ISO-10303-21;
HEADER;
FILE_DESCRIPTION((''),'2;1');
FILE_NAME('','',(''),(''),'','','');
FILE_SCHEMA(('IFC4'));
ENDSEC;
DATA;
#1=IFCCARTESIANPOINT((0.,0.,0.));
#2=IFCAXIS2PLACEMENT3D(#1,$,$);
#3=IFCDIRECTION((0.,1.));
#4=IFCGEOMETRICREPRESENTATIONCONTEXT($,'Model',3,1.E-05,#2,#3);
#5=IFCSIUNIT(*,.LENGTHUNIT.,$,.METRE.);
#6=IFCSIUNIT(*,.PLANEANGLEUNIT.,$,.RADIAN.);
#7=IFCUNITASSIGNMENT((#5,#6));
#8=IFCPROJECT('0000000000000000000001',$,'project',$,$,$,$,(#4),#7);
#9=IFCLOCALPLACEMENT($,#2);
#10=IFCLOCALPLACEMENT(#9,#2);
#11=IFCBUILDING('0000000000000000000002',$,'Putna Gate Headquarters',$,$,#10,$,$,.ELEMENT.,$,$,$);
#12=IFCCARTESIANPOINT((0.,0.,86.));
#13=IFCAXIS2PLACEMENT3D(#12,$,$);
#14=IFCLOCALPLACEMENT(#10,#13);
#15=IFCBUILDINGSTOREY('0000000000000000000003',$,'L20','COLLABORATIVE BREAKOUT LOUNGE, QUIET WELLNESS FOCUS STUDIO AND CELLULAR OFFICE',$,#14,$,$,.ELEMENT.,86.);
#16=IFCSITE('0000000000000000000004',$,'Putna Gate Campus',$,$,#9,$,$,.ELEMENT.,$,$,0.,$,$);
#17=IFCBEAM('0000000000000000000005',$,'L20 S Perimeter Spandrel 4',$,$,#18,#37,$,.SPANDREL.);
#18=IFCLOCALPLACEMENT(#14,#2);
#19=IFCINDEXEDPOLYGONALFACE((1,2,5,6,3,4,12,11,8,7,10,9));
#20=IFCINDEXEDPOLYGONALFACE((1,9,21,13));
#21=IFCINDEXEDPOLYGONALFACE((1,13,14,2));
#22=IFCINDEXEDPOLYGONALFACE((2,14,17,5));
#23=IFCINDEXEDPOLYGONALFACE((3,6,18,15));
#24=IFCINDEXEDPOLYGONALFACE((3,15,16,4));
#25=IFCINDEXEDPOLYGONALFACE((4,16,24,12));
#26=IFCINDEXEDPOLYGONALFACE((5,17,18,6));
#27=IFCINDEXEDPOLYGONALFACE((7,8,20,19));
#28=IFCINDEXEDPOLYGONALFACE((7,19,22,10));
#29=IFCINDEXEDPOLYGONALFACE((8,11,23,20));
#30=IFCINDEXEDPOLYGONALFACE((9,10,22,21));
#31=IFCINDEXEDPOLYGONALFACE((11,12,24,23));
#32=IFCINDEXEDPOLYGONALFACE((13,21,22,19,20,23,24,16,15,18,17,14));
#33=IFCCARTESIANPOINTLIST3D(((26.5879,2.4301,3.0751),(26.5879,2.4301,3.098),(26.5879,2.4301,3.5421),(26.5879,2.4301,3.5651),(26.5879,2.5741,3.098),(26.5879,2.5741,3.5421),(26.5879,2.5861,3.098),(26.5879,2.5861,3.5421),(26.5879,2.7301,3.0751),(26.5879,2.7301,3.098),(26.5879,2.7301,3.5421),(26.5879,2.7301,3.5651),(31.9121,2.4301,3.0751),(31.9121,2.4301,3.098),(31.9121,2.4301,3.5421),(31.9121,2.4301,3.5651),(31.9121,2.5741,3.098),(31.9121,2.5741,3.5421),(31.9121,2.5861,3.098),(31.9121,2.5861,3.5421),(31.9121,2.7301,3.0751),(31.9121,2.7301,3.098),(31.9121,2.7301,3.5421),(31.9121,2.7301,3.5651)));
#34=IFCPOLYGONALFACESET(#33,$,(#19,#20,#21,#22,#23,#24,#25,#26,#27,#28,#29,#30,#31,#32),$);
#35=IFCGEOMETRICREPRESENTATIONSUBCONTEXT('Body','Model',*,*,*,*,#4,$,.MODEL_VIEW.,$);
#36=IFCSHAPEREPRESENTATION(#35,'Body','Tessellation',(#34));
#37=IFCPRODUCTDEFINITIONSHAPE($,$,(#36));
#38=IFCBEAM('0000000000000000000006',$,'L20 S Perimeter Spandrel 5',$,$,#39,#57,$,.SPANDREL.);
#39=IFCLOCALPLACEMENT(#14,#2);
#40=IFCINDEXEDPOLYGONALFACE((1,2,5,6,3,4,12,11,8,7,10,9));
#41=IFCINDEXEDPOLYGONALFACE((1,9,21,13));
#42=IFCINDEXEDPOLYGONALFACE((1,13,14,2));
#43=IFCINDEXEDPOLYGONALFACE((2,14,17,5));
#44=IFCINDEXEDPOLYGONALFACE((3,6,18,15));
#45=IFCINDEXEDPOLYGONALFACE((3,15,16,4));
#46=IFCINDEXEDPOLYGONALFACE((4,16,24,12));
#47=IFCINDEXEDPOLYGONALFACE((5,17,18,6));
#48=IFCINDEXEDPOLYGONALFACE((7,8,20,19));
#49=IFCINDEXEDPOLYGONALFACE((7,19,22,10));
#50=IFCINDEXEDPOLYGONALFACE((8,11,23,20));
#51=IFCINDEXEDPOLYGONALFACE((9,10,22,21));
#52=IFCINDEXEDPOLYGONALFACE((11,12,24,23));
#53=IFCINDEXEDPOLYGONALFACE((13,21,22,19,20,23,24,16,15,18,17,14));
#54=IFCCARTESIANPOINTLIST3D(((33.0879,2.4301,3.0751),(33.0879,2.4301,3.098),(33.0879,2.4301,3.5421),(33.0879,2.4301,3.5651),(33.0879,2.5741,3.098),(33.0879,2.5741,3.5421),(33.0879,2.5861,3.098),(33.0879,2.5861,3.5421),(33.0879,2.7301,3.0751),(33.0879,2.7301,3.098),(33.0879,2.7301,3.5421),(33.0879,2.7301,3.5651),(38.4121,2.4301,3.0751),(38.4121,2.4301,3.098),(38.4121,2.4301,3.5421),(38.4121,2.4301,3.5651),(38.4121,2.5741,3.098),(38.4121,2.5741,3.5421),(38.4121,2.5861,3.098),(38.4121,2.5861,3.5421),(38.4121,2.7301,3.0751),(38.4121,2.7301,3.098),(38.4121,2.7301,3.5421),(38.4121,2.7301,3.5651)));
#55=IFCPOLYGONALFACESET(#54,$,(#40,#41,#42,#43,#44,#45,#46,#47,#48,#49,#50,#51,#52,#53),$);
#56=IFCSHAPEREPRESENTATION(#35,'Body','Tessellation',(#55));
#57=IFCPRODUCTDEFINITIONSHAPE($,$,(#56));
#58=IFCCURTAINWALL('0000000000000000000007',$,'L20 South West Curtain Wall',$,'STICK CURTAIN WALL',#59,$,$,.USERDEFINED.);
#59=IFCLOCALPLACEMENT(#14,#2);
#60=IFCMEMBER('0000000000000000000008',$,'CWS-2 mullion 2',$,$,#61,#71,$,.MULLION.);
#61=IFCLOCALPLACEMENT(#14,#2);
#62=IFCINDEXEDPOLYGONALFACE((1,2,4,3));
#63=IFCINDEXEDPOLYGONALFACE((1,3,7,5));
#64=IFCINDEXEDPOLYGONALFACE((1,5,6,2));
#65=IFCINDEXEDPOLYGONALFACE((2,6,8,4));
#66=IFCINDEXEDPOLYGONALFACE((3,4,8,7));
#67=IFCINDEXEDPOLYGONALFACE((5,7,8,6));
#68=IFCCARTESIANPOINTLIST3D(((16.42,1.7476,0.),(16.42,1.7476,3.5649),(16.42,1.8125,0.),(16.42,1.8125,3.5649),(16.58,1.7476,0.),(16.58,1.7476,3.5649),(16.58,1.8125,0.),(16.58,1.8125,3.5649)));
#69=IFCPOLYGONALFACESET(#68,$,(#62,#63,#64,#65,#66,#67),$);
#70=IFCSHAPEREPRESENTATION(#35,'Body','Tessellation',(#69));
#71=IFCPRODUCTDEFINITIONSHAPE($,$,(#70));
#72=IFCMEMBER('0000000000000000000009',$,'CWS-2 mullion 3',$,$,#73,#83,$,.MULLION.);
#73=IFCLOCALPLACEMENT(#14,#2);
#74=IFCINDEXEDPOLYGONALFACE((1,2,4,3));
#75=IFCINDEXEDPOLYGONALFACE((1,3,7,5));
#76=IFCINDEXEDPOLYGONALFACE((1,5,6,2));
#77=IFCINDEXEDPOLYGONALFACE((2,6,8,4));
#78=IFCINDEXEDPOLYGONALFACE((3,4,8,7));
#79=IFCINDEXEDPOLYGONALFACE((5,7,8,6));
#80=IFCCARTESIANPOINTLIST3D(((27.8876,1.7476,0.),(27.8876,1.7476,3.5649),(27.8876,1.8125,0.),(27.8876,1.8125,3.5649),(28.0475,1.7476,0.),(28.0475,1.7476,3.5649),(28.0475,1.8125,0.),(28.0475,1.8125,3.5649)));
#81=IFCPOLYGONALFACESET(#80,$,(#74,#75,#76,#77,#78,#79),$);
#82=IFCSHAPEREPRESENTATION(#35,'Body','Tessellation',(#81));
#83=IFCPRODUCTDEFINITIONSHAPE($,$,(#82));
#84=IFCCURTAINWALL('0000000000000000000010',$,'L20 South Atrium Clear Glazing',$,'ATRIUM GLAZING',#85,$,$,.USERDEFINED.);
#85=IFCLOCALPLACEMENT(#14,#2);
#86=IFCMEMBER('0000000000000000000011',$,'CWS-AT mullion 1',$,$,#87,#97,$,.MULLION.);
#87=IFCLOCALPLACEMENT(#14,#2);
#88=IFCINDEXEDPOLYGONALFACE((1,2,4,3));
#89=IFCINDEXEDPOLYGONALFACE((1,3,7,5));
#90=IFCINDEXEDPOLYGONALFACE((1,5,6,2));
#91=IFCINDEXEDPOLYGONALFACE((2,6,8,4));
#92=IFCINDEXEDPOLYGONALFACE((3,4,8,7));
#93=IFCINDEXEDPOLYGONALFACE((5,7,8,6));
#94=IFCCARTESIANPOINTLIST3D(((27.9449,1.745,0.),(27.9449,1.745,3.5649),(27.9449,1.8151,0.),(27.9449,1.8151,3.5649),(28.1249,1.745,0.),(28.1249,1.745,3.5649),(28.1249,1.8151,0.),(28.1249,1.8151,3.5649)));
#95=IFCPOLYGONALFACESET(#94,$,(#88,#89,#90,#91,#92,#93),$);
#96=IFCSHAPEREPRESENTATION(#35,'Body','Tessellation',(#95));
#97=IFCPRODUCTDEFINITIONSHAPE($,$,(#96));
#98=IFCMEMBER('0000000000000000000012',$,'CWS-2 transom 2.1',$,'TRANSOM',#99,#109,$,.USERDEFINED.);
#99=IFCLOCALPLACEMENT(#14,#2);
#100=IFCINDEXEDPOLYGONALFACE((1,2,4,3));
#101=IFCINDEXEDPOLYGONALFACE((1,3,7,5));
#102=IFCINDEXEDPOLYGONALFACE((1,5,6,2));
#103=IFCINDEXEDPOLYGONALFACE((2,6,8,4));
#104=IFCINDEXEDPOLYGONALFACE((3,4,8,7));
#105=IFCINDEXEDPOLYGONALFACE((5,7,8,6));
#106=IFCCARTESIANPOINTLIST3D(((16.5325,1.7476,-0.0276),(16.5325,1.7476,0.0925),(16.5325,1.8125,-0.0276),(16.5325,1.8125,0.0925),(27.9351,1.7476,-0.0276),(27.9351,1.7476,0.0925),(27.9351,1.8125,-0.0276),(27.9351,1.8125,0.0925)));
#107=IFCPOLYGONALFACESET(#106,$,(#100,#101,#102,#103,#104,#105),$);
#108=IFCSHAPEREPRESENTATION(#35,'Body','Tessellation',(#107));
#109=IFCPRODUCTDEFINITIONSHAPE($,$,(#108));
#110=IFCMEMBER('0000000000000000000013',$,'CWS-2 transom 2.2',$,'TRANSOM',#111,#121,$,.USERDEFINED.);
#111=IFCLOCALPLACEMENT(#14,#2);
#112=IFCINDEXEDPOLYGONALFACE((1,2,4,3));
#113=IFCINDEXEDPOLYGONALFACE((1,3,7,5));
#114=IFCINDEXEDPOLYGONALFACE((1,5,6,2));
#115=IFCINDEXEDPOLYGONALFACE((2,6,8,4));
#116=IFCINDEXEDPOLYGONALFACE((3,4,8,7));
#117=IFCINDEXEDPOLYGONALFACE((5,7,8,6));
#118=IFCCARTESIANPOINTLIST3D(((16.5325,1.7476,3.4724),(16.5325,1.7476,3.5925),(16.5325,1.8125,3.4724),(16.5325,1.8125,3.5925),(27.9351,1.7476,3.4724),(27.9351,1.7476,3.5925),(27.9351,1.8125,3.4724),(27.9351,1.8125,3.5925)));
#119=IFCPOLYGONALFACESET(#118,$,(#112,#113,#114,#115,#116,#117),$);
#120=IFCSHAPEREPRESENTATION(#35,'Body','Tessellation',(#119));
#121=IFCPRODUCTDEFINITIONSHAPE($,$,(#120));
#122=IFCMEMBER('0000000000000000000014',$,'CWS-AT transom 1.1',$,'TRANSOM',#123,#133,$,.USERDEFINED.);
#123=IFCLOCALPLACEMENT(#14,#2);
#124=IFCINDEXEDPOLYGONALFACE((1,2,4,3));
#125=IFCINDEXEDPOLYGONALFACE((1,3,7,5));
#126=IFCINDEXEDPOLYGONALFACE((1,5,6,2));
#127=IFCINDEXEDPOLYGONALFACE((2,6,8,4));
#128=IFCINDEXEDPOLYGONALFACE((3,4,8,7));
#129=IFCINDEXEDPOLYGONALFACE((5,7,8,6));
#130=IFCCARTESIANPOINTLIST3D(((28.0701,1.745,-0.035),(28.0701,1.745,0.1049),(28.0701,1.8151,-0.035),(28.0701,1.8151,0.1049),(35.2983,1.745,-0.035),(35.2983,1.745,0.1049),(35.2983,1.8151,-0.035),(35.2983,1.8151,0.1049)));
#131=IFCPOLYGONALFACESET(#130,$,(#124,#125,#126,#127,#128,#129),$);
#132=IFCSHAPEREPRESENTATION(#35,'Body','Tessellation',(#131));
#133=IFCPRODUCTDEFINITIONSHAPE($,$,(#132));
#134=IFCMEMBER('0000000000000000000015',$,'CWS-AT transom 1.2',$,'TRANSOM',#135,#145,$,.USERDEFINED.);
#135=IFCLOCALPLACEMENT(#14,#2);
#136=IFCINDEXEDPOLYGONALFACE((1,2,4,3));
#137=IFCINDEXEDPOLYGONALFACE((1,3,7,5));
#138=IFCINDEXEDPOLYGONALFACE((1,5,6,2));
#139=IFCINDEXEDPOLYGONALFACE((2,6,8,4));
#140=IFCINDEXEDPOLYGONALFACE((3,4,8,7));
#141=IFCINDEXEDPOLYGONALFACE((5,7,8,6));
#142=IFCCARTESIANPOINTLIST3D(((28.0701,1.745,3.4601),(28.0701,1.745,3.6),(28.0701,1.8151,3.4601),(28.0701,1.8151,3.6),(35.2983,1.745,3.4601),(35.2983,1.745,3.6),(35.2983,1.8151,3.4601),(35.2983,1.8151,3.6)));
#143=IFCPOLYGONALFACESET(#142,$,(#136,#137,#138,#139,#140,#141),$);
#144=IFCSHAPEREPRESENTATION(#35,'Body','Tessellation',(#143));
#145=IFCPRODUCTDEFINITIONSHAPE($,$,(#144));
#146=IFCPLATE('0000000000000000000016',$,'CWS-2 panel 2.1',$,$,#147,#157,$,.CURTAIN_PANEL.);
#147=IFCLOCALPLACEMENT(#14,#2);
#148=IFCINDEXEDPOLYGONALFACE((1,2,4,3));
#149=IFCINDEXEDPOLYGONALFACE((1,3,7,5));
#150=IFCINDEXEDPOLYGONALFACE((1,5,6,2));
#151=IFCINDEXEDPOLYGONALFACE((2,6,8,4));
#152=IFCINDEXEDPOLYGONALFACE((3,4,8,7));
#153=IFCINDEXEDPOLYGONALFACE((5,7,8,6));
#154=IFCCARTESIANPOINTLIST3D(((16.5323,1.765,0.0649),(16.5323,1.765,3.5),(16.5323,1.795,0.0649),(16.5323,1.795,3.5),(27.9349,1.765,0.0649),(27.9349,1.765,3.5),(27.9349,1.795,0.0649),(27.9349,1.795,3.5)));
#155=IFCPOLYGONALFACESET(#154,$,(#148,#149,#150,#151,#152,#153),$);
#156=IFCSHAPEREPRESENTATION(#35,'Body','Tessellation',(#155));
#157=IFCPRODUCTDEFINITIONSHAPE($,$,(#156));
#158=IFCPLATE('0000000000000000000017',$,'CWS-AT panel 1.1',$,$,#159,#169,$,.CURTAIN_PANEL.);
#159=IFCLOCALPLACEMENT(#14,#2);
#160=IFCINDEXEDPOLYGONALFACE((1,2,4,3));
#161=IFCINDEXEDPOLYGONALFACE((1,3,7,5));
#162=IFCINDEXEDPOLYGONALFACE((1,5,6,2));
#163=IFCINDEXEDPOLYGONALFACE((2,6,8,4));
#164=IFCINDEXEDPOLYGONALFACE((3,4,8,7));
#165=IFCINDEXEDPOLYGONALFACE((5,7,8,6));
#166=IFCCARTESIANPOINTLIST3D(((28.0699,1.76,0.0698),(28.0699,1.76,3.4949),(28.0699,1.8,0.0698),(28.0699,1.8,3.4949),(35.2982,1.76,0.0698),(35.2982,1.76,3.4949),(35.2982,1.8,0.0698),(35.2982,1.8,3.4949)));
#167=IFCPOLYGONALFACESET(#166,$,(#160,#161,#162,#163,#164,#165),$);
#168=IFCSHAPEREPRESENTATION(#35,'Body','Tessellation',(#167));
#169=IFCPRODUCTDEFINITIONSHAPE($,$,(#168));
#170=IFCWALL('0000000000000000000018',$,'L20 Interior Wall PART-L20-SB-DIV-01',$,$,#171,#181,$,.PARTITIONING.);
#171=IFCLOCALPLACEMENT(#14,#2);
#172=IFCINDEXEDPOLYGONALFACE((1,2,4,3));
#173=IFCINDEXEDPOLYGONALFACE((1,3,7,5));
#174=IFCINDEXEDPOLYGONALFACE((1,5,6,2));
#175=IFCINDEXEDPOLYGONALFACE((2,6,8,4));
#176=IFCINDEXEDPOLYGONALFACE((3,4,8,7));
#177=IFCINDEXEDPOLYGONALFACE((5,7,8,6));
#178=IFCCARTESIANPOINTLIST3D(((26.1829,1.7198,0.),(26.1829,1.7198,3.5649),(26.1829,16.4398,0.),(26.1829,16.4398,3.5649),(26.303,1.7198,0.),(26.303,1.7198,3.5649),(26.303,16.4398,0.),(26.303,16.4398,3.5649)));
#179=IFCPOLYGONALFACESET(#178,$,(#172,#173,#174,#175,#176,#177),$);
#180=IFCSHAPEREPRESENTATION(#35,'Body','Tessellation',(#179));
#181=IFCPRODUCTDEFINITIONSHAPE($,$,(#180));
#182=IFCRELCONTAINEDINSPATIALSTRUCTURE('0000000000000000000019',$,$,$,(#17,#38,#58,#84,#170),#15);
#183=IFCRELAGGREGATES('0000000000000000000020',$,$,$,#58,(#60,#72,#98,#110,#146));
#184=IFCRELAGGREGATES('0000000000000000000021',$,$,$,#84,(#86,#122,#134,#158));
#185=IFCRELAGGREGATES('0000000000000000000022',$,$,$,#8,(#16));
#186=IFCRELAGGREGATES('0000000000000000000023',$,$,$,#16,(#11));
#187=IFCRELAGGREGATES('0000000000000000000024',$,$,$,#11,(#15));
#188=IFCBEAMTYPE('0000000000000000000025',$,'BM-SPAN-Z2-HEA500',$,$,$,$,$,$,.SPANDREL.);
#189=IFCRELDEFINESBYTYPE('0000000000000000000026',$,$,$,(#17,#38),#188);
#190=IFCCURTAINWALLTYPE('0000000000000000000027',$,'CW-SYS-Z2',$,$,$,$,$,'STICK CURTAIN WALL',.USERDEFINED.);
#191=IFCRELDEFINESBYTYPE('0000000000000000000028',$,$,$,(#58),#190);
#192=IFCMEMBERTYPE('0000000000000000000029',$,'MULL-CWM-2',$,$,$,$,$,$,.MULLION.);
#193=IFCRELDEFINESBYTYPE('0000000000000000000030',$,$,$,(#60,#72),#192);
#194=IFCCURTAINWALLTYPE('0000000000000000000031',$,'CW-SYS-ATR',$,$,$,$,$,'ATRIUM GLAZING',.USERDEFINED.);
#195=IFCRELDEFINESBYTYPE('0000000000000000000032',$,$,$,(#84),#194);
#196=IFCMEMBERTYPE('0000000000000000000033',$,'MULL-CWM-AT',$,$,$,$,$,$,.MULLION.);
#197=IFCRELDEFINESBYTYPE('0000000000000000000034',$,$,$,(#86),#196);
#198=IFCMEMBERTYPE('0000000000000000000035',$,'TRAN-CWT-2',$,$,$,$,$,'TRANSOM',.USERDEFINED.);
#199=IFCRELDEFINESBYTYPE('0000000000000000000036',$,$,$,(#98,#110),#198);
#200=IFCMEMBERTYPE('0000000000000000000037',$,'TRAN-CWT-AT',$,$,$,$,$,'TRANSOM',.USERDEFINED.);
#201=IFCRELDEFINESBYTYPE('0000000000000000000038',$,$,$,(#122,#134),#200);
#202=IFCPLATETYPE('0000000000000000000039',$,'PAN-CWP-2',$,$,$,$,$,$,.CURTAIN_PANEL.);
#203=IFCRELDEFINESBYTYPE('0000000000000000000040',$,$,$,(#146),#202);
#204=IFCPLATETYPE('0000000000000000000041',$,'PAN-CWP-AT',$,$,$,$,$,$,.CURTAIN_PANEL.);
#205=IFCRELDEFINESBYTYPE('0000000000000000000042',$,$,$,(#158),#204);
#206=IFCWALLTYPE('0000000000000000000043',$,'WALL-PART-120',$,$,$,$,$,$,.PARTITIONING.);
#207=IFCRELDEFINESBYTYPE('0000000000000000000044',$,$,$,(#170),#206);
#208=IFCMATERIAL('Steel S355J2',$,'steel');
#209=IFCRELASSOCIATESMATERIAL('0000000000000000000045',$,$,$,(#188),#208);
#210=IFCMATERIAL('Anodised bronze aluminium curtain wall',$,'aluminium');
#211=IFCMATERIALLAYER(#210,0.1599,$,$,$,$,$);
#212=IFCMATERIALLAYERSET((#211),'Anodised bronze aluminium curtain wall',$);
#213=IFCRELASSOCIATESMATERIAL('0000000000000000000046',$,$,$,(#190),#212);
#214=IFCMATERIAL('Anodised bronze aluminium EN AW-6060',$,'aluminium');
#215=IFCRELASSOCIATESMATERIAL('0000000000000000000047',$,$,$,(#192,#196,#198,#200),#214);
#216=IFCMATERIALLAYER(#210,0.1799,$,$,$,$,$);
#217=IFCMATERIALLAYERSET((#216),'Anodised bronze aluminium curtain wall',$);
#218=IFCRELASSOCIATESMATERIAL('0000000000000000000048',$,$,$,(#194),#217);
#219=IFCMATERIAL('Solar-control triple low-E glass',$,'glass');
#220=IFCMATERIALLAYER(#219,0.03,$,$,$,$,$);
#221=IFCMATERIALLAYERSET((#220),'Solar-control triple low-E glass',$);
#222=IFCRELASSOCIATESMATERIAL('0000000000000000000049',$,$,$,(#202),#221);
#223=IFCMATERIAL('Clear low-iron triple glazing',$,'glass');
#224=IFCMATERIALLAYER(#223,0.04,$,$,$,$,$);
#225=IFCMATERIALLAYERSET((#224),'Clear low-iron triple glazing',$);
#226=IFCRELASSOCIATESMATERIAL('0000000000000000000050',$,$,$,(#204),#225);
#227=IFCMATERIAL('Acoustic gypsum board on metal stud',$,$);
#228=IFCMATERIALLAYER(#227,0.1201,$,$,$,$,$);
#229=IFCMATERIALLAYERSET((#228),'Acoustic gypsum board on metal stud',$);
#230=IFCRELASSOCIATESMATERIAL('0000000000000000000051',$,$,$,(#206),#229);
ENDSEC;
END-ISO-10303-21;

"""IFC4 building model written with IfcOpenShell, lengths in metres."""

from ifc_helpers import new_model, si_unit, direction, frame, frame_2d, origin, origin_2d, place, context, subcontext, project, spatial, rectangle, i_section, extrude, material, layer, layer_set, material_profile, profile_set, type_object, element, aggregate, save


model = new_model("IFC4")

# Units and contexts
model_context = context("Model", 3, precision=1e-05, world=origin(), true_north=direction((0.0, 1.0)))
body_context = subcontext(model_context, "Body", "Model", "MODEL_VIEW")
ifc_project = project(units=[si_unit("LENGTHUNIT", "METRE"), si_unit("PLANEANGLEUNIT", "RADIAN")], contexts=[model_context])

# Site, building, storey
site_placement = place(None, origin())
site = spatial("IfcSite", under=ifc_project, at=site_placement, Name="Putna Gate Campus", CompositionType="ELEMENT", RefElevation=0.0)
building_placement = place(site_placement, origin())
building = spatial("IfcBuilding", under=site, at=building_placement, Name="Putna Gate Headquarters", CompositionType="ELEMENT")
storey_placement = place(building_placement, frame((0.0, 0.0, 86.0)))
storey = spatial("IfcBuildingStorey", under=building, at=storey_placement, Name="L20", Description="COLLABORATIVE BREAKOUT LOUNGE, QUIET WELLNESS FOCUS STUDIO AND CELLULAR OFFICE", CompositionType="ELEMENT", Elevation=86.0)

# Beams
ifc_material_1 = material(Name="Steel S355J2", Category="steel")
ifc_material_profile_1 = material_profile(ifc_material_1, i_section(OverallWidth=0.3, OverallDepth=0.49, WebThickness=0.012, FlangeThickness=0.0229, at=origin_2d()), Name="Steel S355J2")
ifc_profile_set_1 = profile_set([ifc_material_profile_1], Name="Steel S355J2")
beam_type_1 = type_object("IfcBeamType", Name="BM-SPAN-Z2-HEA500", PredefinedType="SPANDREL", material=ifc_profile_set_1)
for number, where, z_axis, x_axis, name in (
    (1, (26.5879, 2.5801, 3.3201), (1.0, 0.0, 0.0), (0.0, 1.0, 0.0), "L20 S Perimeter Spandrel 4"),
    (2, (33.0879, 2.5801, 3.3201), (1.0, 0.0, 0.0), (0.0, 1.0, 0.0), "L20 S Perimeter Spandrel 5"),
):
    element("IfcBeam", number, at=place(storey_placement, frame(where, z_axis=z_axis, x_axis=x_axis)), inside=storey, type_object=beam_type_1, Name=name, PredefinedType="SPANDREL", context=body_context, shape_type="SweptSolid", body=[
        extrude(i_section(OverallWidth=0.3, OverallDepth=0.49, WebThickness=0.012, FlangeThickness=0.0229, at=origin_2d()), origin(), (0.0, 0.0, 1.0), 5.3242),
    ])

# Curtain wall, members
ifc_material_2 = material(Name="Anodised bronze aluminium curtain wall", Category="aluminium")
ifc_layer_1 = layer(ifc_material_2, 0.1599)
ifc_layer_set_1 = layer_set([ifc_layer_1], Name="Anodised bronze aluminium curtain wall")
curtain_wall_type_1 = type_object("IfcCurtainWallType", Name="CW-SYS-Z2", ElementType="STICK CURTAIN WALL", PredefinedType="USERDEFINED", material=ifc_layer_set_1)
curtain_wall_1_placement = place(storey_placement, origin())
curtain_wall_1 = element("IfcCurtainWall", 3, at=curtain_wall_1_placement, inside=storey, type_object=curtain_wall_type_1, Name="L20 South West Curtain Wall", ObjectType="STICK CURTAIN WALL", PredefinedType="USERDEFINED")
ifc_material_3 = material(Name="Anodised bronze aluminium EN AW-6060", Category="aluminium")
ifc_material_profile_2 = material_profile(ifc_material_3, rectangle(XDim=0.0649, YDim=0.1599, at=origin_2d()), Name="Anodised bronze aluminium EN AW-6060")
ifc_profile_set_2 = profile_set([ifc_material_profile_2], Name="Anodised bronze aluminium EN AW-6060")
member_type_1 = type_object("IfcMemberType", Name="MULL-CWM-2", PredefinedType="MULLION", material=ifc_profile_set_2)
member_1_placement = place(storey_placement, frame((16.5, 1.78, 0.0), z_axis=(0.0, 0.0, 1.0), x_axis=(0.0, 1.0, 0.0)))
member_1 = element("IfcMember", 4, at=member_1_placement, type_object=member_type_1, Name="CWS-2 mullion 2", PredefinedType="MULLION", context=body_context, shape_type="SweptSolid", body=[
    extrude(rectangle(XDim=0.0649, YDim=0.1599, at=origin_2d()), origin(), (0.0, 0.0, 1.0), 3.5649),
])
member_2_placement = place(storey_placement, frame((27.9675, 1.78, 0.0), z_axis=(0.0, 0.0, 1.0), x_axis=(0.0, 1.0, 0.0)))
member_2 = element("IfcMember", 5, at=member_2_placement, type_object=member_type_1, Name="CWS-2 mullion 3", PredefinedType="MULLION", context=body_context, shape_type="SweptSolid", body=[
    extrude(rectangle(XDim=0.0649, YDim=0.1599, at=origin_2d()), origin(), (0.0, 0.0, 1.0), 3.5649),
])

# Curtain wall, member
ifc_layer_2 = layer(ifc_material_2, 0.1799)
ifc_layer_set_2 = layer_set([ifc_layer_2], Name="Anodised bronze aluminium curtain wall")
curtain_wall_type_2 = type_object("IfcCurtainWallType", Name="CW-SYS-ATR", ElementType="ATRIUM GLAZING", PredefinedType="USERDEFINED", material=ifc_layer_set_2)
curtain_wall_2_placement = place(storey_placement, origin())
curtain_wall_2 = element("IfcCurtainWall", 6, at=curtain_wall_2_placement, inside=storey, type_object=curtain_wall_type_2, Name="L20 South Atrium Clear Glazing", ObjectType="ATRIUM GLAZING", PredefinedType="USERDEFINED")
ifc_material_profile_3 = material_profile(ifc_material_3, rectangle(XDim=0.0701, YDim=0.1799, at=origin_2d()), Name="Anodised bronze aluminium EN AW-6060")
ifc_profile_set_3 = profile_set([ifc_material_profile_3], Name="Anodised bronze aluminium EN AW-6060")
member_type_2 = type_object("IfcMemberType", Name="MULL-CWM-AT", PredefinedType="MULLION", material=ifc_profile_set_3)
member_3_placement = place(storey_placement, frame((28.0349, 1.78, 0.0), z_axis=(0.0, 0.0, 1.0), x_axis=(0.0, 1.0, 0.0)))
member_3 = element("IfcMember", 7, at=member_3_placement, type_object=member_type_2, Name="CWS-AT mullion 1", PredefinedType="MULLION", context=body_context, shape_type="SweptSolid", body=[
    extrude(rectangle(XDim=0.0701, YDim=0.1799, at=origin_2d()), origin(), (0.0, 0.0, 1.0), 3.5649),
])

# Members
ifc_material_profile_4 = material_profile(ifc_material_3, rectangle(XDim=0.0649, YDim=0.1201, at=origin_2d()), Name="Anodised bronze aluminium EN AW-6060")
ifc_profile_set_4 = profile_set([ifc_material_profile_4], Name="Anodised bronze aluminium EN AW-6060")
member_type_3 = type_object("IfcMemberType", Name="TRAN-CWT-2", ElementType="TRANSOM", PredefinedType="USERDEFINED", material=ifc_profile_set_4)
member_4_placement = place(storey_placement, frame((16.5325, 1.78, 0.0325), z_axis=(1.0, 0.0, 0.0), x_axis=(0.0, 1.0, 0.0)))
member_4 = element("IfcMember", 8, at=member_4_placement, type_object=member_type_3, Name="CWS-2 transom 2.1", ObjectType="TRANSOM", PredefinedType="USERDEFINED", context=body_context, shape_type="SweptSolid", body=[
    extrude(rectangle(XDim=0.0649, YDim=0.1201, at=origin_2d()), origin(), (0.0, 0.0, 1.0), 11.4026),
])
member_5_placement = place(storey_placement, frame((16.5325, 1.78, 3.5325), z_axis=(1.0, 0.0, 0.0), x_axis=(0.0, 1.0, 0.0)))
member_5 = element("IfcMember", 9, at=member_5_placement, type_object=member_type_3, Name="CWS-2 transom 2.2", ObjectType="TRANSOM", PredefinedType="USERDEFINED", context=body_context, shape_type="SweptSolid", body=[
    extrude(rectangle(XDim=0.0649, YDim=0.1201, at=origin_2d()), origin(), (0.0, 0.0, 1.0), 11.4026),
])
ifc_material_profile_5 = material_profile(ifc_material_3, rectangle(XDim=0.0701, YDim=0.1399, at=origin_2d()), Name="Anodised bronze aluminium EN AW-6060")
ifc_profile_set_5 = profile_set([ifc_material_profile_5], Name="Anodised bronze aluminium EN AW-6060")
member_type_4 = type_object("IfcMemberType", Name="TRAN-CWT-AT", ElementType="TRANSOM", PredefinedType="USERDEFINED", material=ifc_profile_set_5)
member_6_placement = place(storey_placement, frame((28.0701, 1.78, 0.0349), z_axis=(1.0, 0.0, 0.0), x_axis=(0.0, 1.0, 0.0)))
member_6 = element("IfcMember", 10, at=member_6_placement, type_object=member_type_4, Name="CWS-AT transom 1.1", ObjectType="TRANSOM", PredefinedType="USERDEFINED", context=body_context, shape_type="SweptSolid", body=[
    extrude(rectangle(XDim=0.0701, YDim=0.1399, at=origin_2d()), origin(), (0.0, 0.0, 1.0), 7.2283),
])
member_7_placement = place(storey_placement, frame((28.0701, 1.78, 3.53), z_axis=(1.0, 0.0, 0.0), x_axis=(0.0, 1.0, 0.0)))
member_7 = element("IfcMember", 11, at=member_7_placement, type_object=member_type_4, Name="CWS-AT transom 1.2", ObjectType="TRANSOM", PredefinedType="USERDEFINED", context=body_context, shape_type="SweptSolid", body=[
    extrude(rectangle(XDim=0.0701, YDim=0.1399, at=origin_2d()), origin(), (0.0, 0.0, 1.0), 7.2283),
])

# Plates
ifc_material_4 = material(Name="Solar-control triple low-E glass", Category="glass")
ifc_layer_3 = layer(ifc_material_4, 0.03)
ifc_layer_set_3 = layer_set([ifc_layer_3], Name="Solar-control triple low-E glass")
plate_type_1 = type_object("IfcPlateType", Name="PAN-CWP-2", PredefinedType="CURTAIN_PANEL", material=ifc_layer_set_3)
plate_1_placement = place(storey_placement, frame((22.2336, 1.78, 0.0649), z_axis=(0.0, 0.0, 1.0), x_axis=(1.0, 0.0, 0.0)))
plate_1 = element("IfcPlate", 12, at=plate_1_placement, type_object=plate_type_1, Name="CWS-2 panel 2.1", PredefinedType="CURTAIN_PANEL", context=body_context, shape_type="SweptSolid", body=[
    extrude(rectangle(XDim=11.4026, YDim=0.03, at=origin_2d()), origin(), (0.0, 0.0, 1.0), 3.4351),
])
aggregate(curtain_wall_1, [member_1, member_2, member_4, member_5, plate_1])
ifc_material_5 = material(Name="Clear low-iron triple glazing", Category="glass")
ifc_layer_4 = layer(ifc_material_5, 0.04)
ifc_layer_set_4 = layer_set([ifc_layer_4], Name="Clear low-iron triple glazing")
plate_type_2 = type_object("IfcPlateType", Name="PAN-CWP-AT", PredefinedType="CURTAIN_PANEL", material=ifc_layer_set_4)
plate_2_placement = place(storey_placement, frame((31.6841, 1.78, 0.0698), z_axis=(0.0, 0.0, 1.0), x_axis=(1.0, 0.0, 0.0)))
plate_2 = element("IfcPlate", 13, at=plate_2_placement, type_object=plate_type_2, Name="CWS-AT panel 1.1", PredefinedType="CURTAIN_PANEL", context=body_context, shape_type="SweptSolid", body=[
    extrude(rectangle(XDim=7.2283, YDim=0.04, at=origin_2d()), origin(), (0.0, 0.0, 1.0), 3.425),
])
aggregate(curtain_wall_2, [member_3, member_6, member_7, plate_2])

# Wall
ifc_material_6 = material(Name="Acoustic gypsum board on metal stud")
ifc_layer_5 = layer(ifc_material_6, 0.1201)
ifc_layer_set_5 = layer_set([ifc_layer_5], Name="Acoustic gypsum board on metal stud")
wall_type = type_object("IfcWallType", Name="WALL-PART-120", PredefinedType="PARTITIONING", material=ifc_layer_set_5)
wall_placement = place(storey_placement, frame((26.2429, 1.72, 0.0), z_axis=(0.0, 0.0, 1.0), x_axis=(0.0, 1.0, 0.0)))
element("IfcWall", 14, at=wall_placement, inside=storey, type_object=wall_type, Name="L20 Interior Wall PART-L20-SB-DIV-01", PredefinedType="PARTITIONING", context=body_context, shape_type="SweptSolid", body=[
    extrude(rectangle(XDim=14.72, YDim=0.1201, at=frame_2d((7.3599, 0.0))), origin(), (0.0, 0.0, 1.0), 3.5649),
])

save(model, "model.ifc")
